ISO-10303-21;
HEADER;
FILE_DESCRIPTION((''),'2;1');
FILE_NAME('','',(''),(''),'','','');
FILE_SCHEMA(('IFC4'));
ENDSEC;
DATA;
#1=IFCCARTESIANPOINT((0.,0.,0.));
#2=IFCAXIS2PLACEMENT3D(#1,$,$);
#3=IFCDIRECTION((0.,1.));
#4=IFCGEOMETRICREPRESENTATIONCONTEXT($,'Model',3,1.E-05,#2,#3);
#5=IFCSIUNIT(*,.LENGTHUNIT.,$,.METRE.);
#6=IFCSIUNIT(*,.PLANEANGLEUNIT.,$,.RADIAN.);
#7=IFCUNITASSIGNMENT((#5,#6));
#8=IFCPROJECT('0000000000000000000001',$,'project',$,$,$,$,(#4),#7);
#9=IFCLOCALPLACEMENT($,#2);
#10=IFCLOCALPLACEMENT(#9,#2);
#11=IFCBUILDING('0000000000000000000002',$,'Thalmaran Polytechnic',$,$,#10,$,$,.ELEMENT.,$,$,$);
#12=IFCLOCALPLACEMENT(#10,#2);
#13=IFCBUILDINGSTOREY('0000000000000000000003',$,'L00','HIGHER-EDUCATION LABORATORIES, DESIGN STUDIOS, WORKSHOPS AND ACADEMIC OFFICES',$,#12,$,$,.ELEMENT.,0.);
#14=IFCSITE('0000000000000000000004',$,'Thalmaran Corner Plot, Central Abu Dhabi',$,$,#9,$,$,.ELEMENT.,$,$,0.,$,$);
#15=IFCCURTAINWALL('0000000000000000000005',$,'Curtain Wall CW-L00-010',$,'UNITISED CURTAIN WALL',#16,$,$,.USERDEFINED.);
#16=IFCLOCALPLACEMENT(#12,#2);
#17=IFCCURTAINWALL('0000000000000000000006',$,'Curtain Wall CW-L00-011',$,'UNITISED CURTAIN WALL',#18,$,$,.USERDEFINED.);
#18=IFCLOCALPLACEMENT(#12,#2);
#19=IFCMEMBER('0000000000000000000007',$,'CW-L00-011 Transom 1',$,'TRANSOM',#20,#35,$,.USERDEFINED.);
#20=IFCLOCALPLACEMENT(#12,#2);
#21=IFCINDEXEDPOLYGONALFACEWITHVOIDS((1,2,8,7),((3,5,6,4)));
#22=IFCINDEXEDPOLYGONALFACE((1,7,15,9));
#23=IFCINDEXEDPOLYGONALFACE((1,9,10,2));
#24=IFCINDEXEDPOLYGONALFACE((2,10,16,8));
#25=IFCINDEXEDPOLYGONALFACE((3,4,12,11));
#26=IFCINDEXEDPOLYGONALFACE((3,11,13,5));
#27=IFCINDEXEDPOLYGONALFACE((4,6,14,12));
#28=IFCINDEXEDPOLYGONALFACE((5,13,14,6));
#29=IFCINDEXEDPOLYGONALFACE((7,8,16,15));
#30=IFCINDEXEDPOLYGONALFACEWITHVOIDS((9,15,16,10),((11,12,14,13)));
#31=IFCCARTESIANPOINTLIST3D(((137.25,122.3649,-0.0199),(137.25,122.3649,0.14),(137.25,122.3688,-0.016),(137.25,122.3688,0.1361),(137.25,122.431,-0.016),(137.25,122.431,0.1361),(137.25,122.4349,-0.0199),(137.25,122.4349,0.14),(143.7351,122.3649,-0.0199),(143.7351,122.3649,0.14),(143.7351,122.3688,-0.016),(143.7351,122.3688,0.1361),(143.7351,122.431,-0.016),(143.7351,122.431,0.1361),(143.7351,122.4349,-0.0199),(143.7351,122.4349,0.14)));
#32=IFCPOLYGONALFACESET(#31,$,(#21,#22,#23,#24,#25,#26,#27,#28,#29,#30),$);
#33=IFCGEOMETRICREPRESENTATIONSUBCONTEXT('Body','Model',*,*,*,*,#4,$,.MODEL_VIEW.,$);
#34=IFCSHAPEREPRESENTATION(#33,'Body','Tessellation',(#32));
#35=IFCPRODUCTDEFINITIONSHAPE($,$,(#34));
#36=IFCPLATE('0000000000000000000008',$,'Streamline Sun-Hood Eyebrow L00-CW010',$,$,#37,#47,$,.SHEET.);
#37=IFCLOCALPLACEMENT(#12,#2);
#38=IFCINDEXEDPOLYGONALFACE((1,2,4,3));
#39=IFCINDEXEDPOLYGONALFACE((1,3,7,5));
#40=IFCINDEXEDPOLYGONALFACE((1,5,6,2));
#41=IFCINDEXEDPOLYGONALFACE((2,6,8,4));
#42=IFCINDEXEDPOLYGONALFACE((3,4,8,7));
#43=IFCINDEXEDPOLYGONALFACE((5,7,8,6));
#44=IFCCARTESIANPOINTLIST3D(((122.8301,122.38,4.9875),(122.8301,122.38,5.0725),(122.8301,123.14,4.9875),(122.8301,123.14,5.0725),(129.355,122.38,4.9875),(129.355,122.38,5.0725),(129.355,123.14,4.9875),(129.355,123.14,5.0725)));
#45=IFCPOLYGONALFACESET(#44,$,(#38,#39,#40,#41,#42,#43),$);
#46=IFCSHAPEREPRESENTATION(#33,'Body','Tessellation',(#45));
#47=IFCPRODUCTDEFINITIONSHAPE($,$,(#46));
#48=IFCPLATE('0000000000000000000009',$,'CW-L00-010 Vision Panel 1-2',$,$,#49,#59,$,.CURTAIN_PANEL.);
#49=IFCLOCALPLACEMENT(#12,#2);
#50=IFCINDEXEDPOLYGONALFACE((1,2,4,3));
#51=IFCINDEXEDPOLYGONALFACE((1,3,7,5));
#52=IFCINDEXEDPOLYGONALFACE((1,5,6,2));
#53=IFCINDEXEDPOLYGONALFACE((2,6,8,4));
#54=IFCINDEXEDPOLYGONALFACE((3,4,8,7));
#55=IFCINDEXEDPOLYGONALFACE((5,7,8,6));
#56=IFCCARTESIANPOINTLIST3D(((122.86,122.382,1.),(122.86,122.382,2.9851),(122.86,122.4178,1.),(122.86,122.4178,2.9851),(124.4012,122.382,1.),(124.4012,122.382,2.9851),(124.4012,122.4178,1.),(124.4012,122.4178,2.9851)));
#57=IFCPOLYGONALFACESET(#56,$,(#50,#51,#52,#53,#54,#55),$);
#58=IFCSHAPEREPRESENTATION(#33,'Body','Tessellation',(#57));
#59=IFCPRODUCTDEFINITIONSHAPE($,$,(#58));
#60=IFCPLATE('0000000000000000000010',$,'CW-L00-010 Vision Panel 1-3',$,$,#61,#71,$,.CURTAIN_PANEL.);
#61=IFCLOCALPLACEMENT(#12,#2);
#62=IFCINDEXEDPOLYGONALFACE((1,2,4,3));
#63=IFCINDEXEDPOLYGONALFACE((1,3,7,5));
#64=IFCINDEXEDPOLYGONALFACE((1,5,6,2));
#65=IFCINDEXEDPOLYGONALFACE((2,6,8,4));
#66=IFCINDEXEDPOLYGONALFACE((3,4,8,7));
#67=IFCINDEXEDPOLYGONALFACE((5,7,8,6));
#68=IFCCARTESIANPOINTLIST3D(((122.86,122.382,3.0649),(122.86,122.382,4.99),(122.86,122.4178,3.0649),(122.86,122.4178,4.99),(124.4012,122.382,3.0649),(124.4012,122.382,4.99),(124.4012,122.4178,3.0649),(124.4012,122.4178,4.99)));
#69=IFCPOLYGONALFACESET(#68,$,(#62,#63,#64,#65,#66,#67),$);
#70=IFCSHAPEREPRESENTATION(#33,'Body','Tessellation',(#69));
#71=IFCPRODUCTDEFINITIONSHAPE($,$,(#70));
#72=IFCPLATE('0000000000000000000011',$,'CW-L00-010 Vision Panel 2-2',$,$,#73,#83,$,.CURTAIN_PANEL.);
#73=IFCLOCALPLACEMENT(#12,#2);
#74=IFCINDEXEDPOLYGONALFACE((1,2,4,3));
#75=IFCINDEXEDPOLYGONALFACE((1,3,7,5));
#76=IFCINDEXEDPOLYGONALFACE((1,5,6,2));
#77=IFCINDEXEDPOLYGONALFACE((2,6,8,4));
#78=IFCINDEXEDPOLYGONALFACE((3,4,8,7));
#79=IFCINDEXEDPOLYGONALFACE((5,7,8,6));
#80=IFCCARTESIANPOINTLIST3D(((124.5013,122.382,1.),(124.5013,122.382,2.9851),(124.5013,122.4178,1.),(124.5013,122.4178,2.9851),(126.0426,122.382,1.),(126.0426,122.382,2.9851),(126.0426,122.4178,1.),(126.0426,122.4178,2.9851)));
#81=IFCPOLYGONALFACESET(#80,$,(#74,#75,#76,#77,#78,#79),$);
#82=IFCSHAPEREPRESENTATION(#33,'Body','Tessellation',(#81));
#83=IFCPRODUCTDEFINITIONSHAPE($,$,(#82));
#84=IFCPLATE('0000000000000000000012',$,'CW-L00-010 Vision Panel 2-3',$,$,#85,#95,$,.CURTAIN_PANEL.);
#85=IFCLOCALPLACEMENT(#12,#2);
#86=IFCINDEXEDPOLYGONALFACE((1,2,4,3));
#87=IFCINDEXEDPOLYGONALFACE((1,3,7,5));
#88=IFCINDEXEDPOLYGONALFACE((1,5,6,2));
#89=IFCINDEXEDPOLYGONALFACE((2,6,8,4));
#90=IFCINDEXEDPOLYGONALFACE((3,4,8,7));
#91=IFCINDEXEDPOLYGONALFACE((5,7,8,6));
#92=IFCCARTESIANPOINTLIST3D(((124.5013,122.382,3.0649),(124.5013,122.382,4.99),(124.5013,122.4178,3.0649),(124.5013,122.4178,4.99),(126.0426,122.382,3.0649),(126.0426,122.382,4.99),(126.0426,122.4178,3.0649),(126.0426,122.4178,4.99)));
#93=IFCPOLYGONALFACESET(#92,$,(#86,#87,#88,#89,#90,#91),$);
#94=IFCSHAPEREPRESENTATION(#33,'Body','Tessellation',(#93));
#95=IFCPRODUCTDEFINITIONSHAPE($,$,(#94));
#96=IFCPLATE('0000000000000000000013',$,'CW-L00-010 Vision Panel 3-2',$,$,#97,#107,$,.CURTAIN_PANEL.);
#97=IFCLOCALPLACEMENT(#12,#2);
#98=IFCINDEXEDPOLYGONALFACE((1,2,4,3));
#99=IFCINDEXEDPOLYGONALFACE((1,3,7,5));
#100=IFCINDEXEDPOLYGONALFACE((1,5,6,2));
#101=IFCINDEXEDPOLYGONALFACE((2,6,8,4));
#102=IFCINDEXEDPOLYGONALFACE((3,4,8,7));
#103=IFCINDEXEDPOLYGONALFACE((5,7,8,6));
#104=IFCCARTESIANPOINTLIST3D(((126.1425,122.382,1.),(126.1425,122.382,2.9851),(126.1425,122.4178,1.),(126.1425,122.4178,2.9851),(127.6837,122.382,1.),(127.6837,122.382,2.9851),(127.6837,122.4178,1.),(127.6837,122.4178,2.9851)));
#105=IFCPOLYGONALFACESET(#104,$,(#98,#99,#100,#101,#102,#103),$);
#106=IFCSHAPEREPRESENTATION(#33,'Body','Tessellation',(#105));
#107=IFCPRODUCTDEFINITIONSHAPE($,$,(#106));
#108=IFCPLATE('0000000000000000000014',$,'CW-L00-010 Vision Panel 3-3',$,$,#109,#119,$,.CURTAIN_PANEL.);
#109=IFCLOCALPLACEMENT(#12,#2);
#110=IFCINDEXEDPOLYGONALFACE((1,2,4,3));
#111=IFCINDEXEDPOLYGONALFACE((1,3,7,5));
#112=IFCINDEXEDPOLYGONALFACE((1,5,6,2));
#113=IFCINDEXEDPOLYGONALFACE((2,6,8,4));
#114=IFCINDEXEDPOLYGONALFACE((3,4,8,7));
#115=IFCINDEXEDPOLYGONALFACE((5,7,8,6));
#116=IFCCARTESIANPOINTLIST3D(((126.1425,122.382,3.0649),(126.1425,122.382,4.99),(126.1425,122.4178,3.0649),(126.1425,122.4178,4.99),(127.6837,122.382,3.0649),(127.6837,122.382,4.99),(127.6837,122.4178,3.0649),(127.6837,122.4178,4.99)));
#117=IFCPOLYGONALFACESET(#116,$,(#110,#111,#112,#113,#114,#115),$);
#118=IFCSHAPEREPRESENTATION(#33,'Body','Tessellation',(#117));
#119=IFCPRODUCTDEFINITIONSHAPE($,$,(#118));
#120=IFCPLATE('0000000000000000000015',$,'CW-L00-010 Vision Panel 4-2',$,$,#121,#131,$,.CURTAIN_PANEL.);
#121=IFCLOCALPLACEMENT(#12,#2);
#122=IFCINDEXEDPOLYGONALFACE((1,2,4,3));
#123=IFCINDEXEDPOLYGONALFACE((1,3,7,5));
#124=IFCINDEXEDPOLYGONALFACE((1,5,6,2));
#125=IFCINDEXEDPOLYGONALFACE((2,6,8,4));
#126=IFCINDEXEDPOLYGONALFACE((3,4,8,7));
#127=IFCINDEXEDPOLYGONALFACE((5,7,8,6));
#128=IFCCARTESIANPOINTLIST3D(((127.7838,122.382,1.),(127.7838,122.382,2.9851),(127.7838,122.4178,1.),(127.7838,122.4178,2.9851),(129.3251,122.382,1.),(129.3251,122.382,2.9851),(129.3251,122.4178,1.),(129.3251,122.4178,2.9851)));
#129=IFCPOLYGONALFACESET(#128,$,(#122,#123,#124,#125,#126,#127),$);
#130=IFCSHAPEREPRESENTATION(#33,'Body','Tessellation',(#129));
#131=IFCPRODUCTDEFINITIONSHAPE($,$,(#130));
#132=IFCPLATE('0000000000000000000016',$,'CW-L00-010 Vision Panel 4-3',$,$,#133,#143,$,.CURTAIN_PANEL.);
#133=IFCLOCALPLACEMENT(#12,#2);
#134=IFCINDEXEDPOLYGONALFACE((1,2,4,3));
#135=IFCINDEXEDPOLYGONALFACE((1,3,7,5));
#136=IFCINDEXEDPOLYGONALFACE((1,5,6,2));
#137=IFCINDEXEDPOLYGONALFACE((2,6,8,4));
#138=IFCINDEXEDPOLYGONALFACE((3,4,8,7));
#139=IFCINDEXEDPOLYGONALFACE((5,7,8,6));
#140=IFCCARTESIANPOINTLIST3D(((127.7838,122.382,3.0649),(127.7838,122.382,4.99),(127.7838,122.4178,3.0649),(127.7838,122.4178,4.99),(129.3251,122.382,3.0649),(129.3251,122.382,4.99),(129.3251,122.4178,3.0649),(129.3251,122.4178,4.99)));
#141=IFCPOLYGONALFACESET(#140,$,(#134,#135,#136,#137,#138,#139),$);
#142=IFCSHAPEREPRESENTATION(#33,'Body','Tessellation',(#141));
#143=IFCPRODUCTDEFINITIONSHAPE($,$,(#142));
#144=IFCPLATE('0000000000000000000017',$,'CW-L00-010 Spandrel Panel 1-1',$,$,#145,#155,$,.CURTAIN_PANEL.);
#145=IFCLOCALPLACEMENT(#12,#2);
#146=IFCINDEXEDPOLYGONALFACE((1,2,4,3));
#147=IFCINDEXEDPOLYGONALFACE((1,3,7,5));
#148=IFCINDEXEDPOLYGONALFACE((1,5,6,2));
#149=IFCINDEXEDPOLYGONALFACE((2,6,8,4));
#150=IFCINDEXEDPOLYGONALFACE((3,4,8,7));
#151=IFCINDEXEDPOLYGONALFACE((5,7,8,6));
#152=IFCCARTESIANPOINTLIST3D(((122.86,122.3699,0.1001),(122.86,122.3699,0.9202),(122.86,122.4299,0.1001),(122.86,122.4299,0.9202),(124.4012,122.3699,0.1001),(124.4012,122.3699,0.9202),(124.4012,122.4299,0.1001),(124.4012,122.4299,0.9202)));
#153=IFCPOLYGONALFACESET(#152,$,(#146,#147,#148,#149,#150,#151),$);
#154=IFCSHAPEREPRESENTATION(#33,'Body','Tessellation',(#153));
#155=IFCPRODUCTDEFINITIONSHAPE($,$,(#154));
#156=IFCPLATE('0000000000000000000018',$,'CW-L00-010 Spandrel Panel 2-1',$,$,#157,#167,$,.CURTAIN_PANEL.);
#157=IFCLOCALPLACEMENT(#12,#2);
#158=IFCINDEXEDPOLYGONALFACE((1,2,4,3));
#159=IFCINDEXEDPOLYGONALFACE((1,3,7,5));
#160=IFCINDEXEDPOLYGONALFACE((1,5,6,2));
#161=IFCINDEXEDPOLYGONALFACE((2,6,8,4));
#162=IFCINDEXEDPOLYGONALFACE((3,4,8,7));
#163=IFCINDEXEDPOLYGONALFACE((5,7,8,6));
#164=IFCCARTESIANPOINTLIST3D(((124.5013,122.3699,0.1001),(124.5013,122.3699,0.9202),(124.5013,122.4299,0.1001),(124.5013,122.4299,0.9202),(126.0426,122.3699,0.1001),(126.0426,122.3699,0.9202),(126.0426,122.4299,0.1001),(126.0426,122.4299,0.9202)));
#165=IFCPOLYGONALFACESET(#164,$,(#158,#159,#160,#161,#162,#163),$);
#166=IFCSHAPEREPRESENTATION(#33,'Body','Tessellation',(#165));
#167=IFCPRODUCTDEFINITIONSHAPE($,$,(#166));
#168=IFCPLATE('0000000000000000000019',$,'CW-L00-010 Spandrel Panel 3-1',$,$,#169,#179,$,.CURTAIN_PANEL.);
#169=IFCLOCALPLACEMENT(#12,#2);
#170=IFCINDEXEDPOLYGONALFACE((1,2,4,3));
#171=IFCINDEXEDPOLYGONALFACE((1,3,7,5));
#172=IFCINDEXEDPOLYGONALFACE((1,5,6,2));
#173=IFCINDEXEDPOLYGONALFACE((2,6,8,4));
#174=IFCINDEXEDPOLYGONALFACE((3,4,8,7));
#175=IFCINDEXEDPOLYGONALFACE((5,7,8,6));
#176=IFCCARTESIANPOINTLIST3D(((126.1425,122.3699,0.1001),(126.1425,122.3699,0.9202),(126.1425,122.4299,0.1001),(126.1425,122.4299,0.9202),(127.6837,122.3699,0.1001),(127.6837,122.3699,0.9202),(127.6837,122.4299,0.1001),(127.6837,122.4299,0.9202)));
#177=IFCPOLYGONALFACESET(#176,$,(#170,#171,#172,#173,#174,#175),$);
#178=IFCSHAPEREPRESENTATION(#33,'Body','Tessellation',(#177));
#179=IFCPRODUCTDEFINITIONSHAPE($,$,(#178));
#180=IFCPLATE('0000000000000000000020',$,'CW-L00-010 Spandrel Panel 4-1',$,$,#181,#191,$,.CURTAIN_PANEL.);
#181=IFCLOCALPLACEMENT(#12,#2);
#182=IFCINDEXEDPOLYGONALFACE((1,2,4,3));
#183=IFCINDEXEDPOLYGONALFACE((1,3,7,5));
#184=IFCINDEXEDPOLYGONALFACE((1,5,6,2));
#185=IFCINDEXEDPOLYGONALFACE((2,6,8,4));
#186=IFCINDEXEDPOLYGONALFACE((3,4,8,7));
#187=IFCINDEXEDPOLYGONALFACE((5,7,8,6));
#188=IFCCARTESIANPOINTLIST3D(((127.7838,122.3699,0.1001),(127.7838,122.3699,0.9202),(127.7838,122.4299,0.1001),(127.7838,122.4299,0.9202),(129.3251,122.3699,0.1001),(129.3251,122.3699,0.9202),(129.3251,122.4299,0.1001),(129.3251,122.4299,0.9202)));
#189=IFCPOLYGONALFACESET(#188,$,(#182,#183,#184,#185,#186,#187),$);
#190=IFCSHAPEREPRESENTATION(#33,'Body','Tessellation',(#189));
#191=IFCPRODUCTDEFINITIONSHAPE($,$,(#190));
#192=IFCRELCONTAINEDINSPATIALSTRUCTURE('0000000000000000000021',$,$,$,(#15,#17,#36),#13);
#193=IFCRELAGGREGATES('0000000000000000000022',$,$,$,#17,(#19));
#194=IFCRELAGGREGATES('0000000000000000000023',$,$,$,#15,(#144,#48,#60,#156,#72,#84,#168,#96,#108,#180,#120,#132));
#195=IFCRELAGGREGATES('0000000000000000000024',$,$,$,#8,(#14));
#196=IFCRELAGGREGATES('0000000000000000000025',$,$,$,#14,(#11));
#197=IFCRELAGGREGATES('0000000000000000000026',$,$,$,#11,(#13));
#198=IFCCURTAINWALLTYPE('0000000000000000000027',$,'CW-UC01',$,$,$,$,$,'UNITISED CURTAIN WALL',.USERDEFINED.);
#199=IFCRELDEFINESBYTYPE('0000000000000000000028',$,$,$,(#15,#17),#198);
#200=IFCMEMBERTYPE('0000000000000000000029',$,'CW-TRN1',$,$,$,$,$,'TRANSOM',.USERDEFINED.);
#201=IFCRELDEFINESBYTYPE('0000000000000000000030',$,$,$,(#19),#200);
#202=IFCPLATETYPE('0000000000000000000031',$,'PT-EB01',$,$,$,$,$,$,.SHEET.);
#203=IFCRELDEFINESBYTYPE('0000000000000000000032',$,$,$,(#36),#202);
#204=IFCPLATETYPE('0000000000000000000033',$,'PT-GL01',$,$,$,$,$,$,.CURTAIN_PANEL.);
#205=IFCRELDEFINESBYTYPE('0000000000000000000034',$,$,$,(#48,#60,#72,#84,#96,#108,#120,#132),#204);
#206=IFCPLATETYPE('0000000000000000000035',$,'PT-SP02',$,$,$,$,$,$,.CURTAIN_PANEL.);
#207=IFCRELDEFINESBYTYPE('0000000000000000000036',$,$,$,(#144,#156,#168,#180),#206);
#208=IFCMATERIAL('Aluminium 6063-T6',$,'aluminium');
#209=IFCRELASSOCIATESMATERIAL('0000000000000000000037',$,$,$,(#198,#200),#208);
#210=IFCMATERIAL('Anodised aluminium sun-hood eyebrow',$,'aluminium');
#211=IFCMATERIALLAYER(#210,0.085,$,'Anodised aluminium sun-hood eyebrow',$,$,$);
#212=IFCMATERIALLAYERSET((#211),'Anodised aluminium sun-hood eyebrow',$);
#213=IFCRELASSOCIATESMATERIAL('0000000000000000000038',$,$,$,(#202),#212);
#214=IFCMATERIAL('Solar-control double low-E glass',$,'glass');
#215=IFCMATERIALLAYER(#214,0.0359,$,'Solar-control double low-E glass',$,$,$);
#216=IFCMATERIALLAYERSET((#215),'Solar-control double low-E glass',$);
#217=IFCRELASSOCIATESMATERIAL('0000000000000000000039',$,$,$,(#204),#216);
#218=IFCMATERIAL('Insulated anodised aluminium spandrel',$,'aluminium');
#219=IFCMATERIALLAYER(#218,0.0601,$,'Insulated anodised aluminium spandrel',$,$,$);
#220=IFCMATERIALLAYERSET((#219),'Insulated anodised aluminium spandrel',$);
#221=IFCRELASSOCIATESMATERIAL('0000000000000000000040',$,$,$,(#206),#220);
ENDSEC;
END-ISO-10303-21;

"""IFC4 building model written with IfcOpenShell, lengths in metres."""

from ifc_helpers import new_model, si_unit, direction, frame, origin, origin_2d, place, context, subcontext, project, spatial, rectangle, hollow_rectangle, extrude, material, layer, layer_set, material_profile, profile_set, type_object, element, aggregate, save


model = new_model("IFC4")

# Units and contexts
model_context = context("Model", 3, precision=1e-05, world=origin(), true_north=direction((0.0, 1.0)))
body_context = subcontext(model_context, "Body", "Model", "MODEL_VIEW")
ifc_project = project(units=[si_unit("LENGTHUNIT", "METRE"), si_unit("PLANEANGLEUNIT", "RADIAN")], contexts=[model_context])

# Site, building, storey
site_placement = place(None, origin())
site = spatial("IfcSite", under=ifc_project, at=site_placement, Name="Thalmaran Corner Plot, Central Abu Dhabi", CompositionType="ELEMENT", RefElevation=0.0)
building_placement = place(site_placement, origin())
building = spatial("IfcBuilding", under=site, at=building_placement, Name="Thalmaran Polytechnic", CompositionType="ELEMENT")
storey_placement = place(building_placement, origin())
storey = spatial("IfcBuildingStorey", under=building, at=storey_placement, Name="L00", Description="HIGHER-EDUCATION LABORATORIES, DESIGN STUDIOS, WORKSHOPS AND ACADEMIC OFFICES", CompositionType="ELEMENT", Elevation=0.0)

# Curtain walls, member
ifc_material_1 = material(Name="Aluminium 6063-T6", Category="aluminium")
curtain_wall_type = type_object("IfcCurtainWallType", Name="CW-UC01", ElementType="UNITISED CURTAIN WALL", PredefinedType="USERDEFINED", material=ifc_material_1)
curtain_wall_1_placement = place(storey_placement, origin())
curtain_wall_1 = element("IfcCurtainWall", 1, at=curtain_wall_1_placement, inside=storey, type_object=curtain_wall_type, Name="Curtain Wall CW-L00-010", ObjectType="UNITISED CURTAIN WALL", PredefinedType="USERDEFINED")
curtain_wall_2_placement = place(storey_placement, origin())
curtain_wall_2 = element("IfcCurtainWall", 2, at=curtain_wall_2_placement, inside=storey, type_object=curtain_wall_type, Name="Curtain Wall CW-L00-011", ObjectType="UNITISED CURTAIN WALL", PredefinedType="USERDEFINED")
ifc_material_profile_1 = material_profile(ifc_material_1, hollow_rectangle(XDim=0.0701, YDim=0.1599, WallThickness=0.0039, at=origin_2d()), Name="AL 160x70x4.0")
ifc_profile_set_1 = profile_set([ifc_material_profile_1], Name="Aluminium 6063-T6")
member_type_1 = type_object("IfcMemberType", Name="CW-TRN1", ElementType="TRANSOM", PredefinedType="USERDEFINED", material=ifc_profile_set_1)
member_1_placement = place(storey_placement, frame((137.25, 122.3999, 0.0601), z_axis=(1.0, 0.0, 0.0), x_axis=(0.0, 1.0, 0.0)))
member_1 = element("IfcMember", 3, at=member_1_placement, type_object=member_type_1, Name="CW-L00-011 Transom 1", ObjectType="TRANSOM", PredefinedType="USERDEFINED", context=body_context, shape_type="SweptSolid", body=[
    extrude(hollow_rectangle(XDim=0.0701, YDim=0.1599, WallThickness=0.0039, at=origin_2d()), origin(), (0.0, 0.0, 1.0), 6.4851),
])
aggregate(curtain_wall_2, [member_1])

# Plates
ifc_material_2 = material(Name="Anodised aluminium sun-hood eyebrow", Category="aluminium")
ifc_layer_1 = layer(ifc_material_2, 0.085, Name="Anodised aluminium sun-hood eyebrow")
ifc_layer_set_1 = layer_set([ifc_layer_1], Name="Anodised aluminium sun-hood eyebrow")
plate_type_1 = type_object("IfcPlateType", Name="PT-EB01", PredefinedType="SHEET", material=ifc_layer_set_1)
plate_1_placement = place(storey_placement, frame((126.0925, 122.76, 4.9875), z_axis=(0.0, 0.0, 1.0), x_axis=(1.0, 0.0, 0.0)))
element("IfcPlate", 4, at=plate_1_placement, inside=storey, type_object=plate_type_1, Name="Streamline Sun-Hood Eyebrow L00-CW010", PredefinedType="SHEET", context=body_context, shape_type="SweptSolid", body=[
    extrude(rectangle(XDim=6.5249, YDim=0.76, at=origin_2d()), origin(), (0.0, 0.0, 1.0), 0.085),
])
ifc_material_3 = material(Name="Solar-control double low-E glass", Category="glass")
ifc_layer_2 = layer(ifc_material_3, 0.0359, Name="Solar-control double low-E glass")
ifc_layer_set_2 = layer_set([ifc_layer_2], Name="Solar-control double low-E glass")
plate_type_2 = type_object("IfcPlateType", Name="PT-GL01", PredefinedType="CURTAIN_PANEL", material=ifc_layer_set_2)
plate_2_placement = place(storey_placement, frame((123.6306, 122.3999, 1.0), z_axis=(0.0, 0.0, 1.0), x_axis=(1.0, 0.0, 0.0)))
plate_2 = element("IfcPlate", 5, at=plate_2_placement, type_object=plate_type_2, Name="CW-L00-010 Vision Panel 1-2", PredefinedType="CURTAIN_PANEL", context=body_context, shape_type="SweptSolid", body=[
    extrude(rectangle(XDim=1.5413, YDim=0.0359, at=origin_2d()), origin(), (0.0, 0.0, 1.0), 1.9851),
])
plate_3_placement = place(storey_placement, frame((123.6306, 122.3999, 3.0649), z_axis=(0.0, 0.0, 1.0), x_axis=(1.0, 0.0, 0.0)))
plate_3 = element("IfcPlate", 6, at=plate_3_placement, type_object=plate_type_2, Name="CW-L00-010 Vision Panel 1-3", PredefinedType="CURTAIN_PANEL", context=body_context, shape_type="SweptSolid", body=[
    extrude(rectangle(XDim=1.5413, YDim=0.0359, at=origin_2d()), origin(), (0.0, 0.0, 1.0), 1.925),
])
plate_4_placement = place(storey_placement, frame((125.272, 122.3999, 1.0), z_axis=(0.0, 0.0, 1.0), x_axis=(1.0, 0.0, 0.0)))
plate_4 = element("IfcPlate", 7, at=plate_4_placement, type_object=plate_type_2, Name="CW-L00-010 Vision Panel 2-2", PredefinedType="CURTAIN_PANEL", context=body_context, shape_type="SweptSolid", body=[
    extrude(rectangle(XDim=1.5413, YDim=0.0359, at=origin_2d()), origin(), (0.0, 0.0, 1.0), 1.9851),
])
plate_5_placement = place(storey_placement, frame((125.272, 122.3999, 3.0649), z_axis=(0.0, 0.0, 1.0), x_axis=(1.0, 0.0, 0.0)))
plate_5 = element("IfcPlate", 8, at=plate_5_placement, type_object=plate_type_2, Name="CW-L00-010 Vision Panel 2-3", PredefinedType="CURTAIN_PANEL", context=body_context, shape_type="SweptSolid", body=[
    extrude(rectangle(XDim=1.5413, YDim=0.0359, at=origin_2d()), origin(), (0.0, 0.0, 1.0), 1.925),
])
plate_6_placement = place(storey_placement, frame((126.9131, 122.3999, 1.0), z_axis=(0.0, 0.0, 1.0), x_axis=(1.0, 0.0, 0.0)))
plate_6 = element("IfcPlate", 9, at=plate_6_placement, type_object=plate_type_2, Name="CW-L00-010 Vision Panel 3-2", PredefinedType="CURTAIN_PANEL", context=body_context, shape_type="SweptSolid", body=[
    extrude(rectangle(XDim=1.5413, YDim=0.0359, at=origin_2d()), origin(), (0.0, 0.0, 1.0), 1.9851),
])
plate_7_placement = place(storey_placement, frame((126.9131, 122.3999, 3.0649), z_axis=(0.0, 0.0, 1.0), x_axis=(1.0, 0.0, 0.0)))
plate_7 = element("IfcPlate", 10, at=plate_7_placement, type_object=plate_type_2, Name="CW-L00-010 Vision Panel 3-3", PredefinedType="CURTAIN_PANEL", context=body_context, shape_type="SweptSolid", body=[
    extrude(rectangle(XDim=1.5413, YDim=0.0359, at=origin_2d()), origin(), (0.0, 0.0, 1.0), 1.925),
])
plate_8_placement = place(storey_placement, frame((128.5544, 122.3999, 1.0), z_axis=(0.0, 0.0, 1.0), x_axis=(1.0, 0.0, 0.0)))
plate_8 = element("IfcPlate", 11, at=plate_8_placement, type_object=plate_type_2, Name="CW-L00-010 Vision Panel 4-2", PredefinedType="CURTAIN_PANEL", context=body_context, shape_type="SweptSolid", body=[
    extrude(rectangle(XDim=1.5413, YDim=0.0359, at=origin_2d()), origin(), (0.0, 0.0, 1.0), 1.9851),
])
plate_9_placement = place(storey_placement, frame((128.5544, 122.3999, 3.0649), z_axis=(0.0, 0.0, 1.0), x_axis=(1.0, 0.0, 0.0)))
plate_9 = element("IfcPlate", 12, at=plate_9_placement, type_object=plate_type_2, Name="CW-L00-010 Vision Panel 4-3", PredefinedType="CURTAIN_PANEL", context=body_context, shape_type="SweptSolid", body=[
    extrude(rectangle(XDim=1.5413, YDim=0.0359, at=origin_2d()), origin(), (0.0, 0.0, 1.0), 1.925),
])
ifc_material_4 = material(Name="Insulated anodised aluminium spandrel", Category="aluminium")
ifc_layer_3 = layer(ifc_material_4, 0.0601, Name="Insulated anodised aluminium spandrel")
ifc_layer_set_3 = layer_set([ifc_layer_3], Name="Insulated anodised aluminium spandrel")
plate_type_3 = type_object("IfcPlateType", Name="PT-SP02", PredefinedType="CURTAIN_PANEL", material=ifc_layer_set_3)
plate_10_placement = place(storey_placement, frame((123.6306, 122.3999, 0.1001), z_axis=(0.0, 0.0, 1.0), x_axis=(1.0, 0.0, 0.0)))
plate_10 = element("IfcPlate", 13, at=plate_10_placement, type_object=plate_type_3, Name="CW-L00-010 Spandrel Panel 1-1", PredefinedType="CURTAIN_PANEL", context=body_context, shape_type="SweptSolid", body=[
    extrude(rectangle(XDim=1.5413, YDim=0.0601, at=origin_2d()), origin(), (0.0, 0.0, 1.0), 0.8201),
])
plate_11_placement = place(storey_placement, frame((125.272, 122.3999, 0.1001), z_axis=(0.0, 0.0, 1.0), x_axis=(1.0, 0.0, 0.0)))
plate_11 = element("IfcPlate", 14, at=plate_11_placement, type_object=plate_type_3, Name="CW-L00-010 Spandrel Panel 2-1", PredefinedType="CURTAIN_PANEL", context=body_context, shape_type="SweptSolid", body=[
    extrude(rectangle(XDim=1.5413, YDim=0.0601, at=origin_2d()), origin(), (0.0, 0.0, 1.0), 0.8201),
])
plate_12_placement = place(storey_placement, frame((126.9131, 122.3999, 0.1001), z_axis=(0.0, 0.0, 1.0), x_axis=(1.0, 0.0, 0.0)))
plate_12 = element("IfcPlate", 15, at=plate_12_placement, type_object=plate_type_3, Name="CW-L00-010 Spandrel Panel 3-1", PredefinedType="CURTAIN_PANEL", context=body_context, shape_type="SweptSolid", body=[
    extrude(rectangle(XDim=1.5413, YDim=0.0601, at=origin_2d()), origin(), (0.0, 0.0, 1.0), 0.8201),
])
plate_13_placement = place(storey_placement, frame((128.5544, 122.3999, 0.1001), z_axis=(0.0, 0.0, 1.0), x_axis=(1.0, 0.0, 0.0)))
plate_13 = element("IfcPlate", 16, at=plate_13_placement, type_object=plate_type_3, Name="CW-L00-010 Spandrel Panel 4-1", PredefinedType="CURTAIN_PANEL", context=body_context, shape_type="SweptSolid", body=[
    extrude(rectangle(XDim=1.5413, YDim=0.0601, at=origin_2d()), origin(), (0.0, 0.0, 1.0), 0.8201),
])
aggregate(curtain_wall_1, [plate_10, plate_2, plate_3, plate_11, plate_4, plate_5, plate_12, plate_6, plate_7, plate_13, plate_8, plate_9])

save(model, "model.ifc")
